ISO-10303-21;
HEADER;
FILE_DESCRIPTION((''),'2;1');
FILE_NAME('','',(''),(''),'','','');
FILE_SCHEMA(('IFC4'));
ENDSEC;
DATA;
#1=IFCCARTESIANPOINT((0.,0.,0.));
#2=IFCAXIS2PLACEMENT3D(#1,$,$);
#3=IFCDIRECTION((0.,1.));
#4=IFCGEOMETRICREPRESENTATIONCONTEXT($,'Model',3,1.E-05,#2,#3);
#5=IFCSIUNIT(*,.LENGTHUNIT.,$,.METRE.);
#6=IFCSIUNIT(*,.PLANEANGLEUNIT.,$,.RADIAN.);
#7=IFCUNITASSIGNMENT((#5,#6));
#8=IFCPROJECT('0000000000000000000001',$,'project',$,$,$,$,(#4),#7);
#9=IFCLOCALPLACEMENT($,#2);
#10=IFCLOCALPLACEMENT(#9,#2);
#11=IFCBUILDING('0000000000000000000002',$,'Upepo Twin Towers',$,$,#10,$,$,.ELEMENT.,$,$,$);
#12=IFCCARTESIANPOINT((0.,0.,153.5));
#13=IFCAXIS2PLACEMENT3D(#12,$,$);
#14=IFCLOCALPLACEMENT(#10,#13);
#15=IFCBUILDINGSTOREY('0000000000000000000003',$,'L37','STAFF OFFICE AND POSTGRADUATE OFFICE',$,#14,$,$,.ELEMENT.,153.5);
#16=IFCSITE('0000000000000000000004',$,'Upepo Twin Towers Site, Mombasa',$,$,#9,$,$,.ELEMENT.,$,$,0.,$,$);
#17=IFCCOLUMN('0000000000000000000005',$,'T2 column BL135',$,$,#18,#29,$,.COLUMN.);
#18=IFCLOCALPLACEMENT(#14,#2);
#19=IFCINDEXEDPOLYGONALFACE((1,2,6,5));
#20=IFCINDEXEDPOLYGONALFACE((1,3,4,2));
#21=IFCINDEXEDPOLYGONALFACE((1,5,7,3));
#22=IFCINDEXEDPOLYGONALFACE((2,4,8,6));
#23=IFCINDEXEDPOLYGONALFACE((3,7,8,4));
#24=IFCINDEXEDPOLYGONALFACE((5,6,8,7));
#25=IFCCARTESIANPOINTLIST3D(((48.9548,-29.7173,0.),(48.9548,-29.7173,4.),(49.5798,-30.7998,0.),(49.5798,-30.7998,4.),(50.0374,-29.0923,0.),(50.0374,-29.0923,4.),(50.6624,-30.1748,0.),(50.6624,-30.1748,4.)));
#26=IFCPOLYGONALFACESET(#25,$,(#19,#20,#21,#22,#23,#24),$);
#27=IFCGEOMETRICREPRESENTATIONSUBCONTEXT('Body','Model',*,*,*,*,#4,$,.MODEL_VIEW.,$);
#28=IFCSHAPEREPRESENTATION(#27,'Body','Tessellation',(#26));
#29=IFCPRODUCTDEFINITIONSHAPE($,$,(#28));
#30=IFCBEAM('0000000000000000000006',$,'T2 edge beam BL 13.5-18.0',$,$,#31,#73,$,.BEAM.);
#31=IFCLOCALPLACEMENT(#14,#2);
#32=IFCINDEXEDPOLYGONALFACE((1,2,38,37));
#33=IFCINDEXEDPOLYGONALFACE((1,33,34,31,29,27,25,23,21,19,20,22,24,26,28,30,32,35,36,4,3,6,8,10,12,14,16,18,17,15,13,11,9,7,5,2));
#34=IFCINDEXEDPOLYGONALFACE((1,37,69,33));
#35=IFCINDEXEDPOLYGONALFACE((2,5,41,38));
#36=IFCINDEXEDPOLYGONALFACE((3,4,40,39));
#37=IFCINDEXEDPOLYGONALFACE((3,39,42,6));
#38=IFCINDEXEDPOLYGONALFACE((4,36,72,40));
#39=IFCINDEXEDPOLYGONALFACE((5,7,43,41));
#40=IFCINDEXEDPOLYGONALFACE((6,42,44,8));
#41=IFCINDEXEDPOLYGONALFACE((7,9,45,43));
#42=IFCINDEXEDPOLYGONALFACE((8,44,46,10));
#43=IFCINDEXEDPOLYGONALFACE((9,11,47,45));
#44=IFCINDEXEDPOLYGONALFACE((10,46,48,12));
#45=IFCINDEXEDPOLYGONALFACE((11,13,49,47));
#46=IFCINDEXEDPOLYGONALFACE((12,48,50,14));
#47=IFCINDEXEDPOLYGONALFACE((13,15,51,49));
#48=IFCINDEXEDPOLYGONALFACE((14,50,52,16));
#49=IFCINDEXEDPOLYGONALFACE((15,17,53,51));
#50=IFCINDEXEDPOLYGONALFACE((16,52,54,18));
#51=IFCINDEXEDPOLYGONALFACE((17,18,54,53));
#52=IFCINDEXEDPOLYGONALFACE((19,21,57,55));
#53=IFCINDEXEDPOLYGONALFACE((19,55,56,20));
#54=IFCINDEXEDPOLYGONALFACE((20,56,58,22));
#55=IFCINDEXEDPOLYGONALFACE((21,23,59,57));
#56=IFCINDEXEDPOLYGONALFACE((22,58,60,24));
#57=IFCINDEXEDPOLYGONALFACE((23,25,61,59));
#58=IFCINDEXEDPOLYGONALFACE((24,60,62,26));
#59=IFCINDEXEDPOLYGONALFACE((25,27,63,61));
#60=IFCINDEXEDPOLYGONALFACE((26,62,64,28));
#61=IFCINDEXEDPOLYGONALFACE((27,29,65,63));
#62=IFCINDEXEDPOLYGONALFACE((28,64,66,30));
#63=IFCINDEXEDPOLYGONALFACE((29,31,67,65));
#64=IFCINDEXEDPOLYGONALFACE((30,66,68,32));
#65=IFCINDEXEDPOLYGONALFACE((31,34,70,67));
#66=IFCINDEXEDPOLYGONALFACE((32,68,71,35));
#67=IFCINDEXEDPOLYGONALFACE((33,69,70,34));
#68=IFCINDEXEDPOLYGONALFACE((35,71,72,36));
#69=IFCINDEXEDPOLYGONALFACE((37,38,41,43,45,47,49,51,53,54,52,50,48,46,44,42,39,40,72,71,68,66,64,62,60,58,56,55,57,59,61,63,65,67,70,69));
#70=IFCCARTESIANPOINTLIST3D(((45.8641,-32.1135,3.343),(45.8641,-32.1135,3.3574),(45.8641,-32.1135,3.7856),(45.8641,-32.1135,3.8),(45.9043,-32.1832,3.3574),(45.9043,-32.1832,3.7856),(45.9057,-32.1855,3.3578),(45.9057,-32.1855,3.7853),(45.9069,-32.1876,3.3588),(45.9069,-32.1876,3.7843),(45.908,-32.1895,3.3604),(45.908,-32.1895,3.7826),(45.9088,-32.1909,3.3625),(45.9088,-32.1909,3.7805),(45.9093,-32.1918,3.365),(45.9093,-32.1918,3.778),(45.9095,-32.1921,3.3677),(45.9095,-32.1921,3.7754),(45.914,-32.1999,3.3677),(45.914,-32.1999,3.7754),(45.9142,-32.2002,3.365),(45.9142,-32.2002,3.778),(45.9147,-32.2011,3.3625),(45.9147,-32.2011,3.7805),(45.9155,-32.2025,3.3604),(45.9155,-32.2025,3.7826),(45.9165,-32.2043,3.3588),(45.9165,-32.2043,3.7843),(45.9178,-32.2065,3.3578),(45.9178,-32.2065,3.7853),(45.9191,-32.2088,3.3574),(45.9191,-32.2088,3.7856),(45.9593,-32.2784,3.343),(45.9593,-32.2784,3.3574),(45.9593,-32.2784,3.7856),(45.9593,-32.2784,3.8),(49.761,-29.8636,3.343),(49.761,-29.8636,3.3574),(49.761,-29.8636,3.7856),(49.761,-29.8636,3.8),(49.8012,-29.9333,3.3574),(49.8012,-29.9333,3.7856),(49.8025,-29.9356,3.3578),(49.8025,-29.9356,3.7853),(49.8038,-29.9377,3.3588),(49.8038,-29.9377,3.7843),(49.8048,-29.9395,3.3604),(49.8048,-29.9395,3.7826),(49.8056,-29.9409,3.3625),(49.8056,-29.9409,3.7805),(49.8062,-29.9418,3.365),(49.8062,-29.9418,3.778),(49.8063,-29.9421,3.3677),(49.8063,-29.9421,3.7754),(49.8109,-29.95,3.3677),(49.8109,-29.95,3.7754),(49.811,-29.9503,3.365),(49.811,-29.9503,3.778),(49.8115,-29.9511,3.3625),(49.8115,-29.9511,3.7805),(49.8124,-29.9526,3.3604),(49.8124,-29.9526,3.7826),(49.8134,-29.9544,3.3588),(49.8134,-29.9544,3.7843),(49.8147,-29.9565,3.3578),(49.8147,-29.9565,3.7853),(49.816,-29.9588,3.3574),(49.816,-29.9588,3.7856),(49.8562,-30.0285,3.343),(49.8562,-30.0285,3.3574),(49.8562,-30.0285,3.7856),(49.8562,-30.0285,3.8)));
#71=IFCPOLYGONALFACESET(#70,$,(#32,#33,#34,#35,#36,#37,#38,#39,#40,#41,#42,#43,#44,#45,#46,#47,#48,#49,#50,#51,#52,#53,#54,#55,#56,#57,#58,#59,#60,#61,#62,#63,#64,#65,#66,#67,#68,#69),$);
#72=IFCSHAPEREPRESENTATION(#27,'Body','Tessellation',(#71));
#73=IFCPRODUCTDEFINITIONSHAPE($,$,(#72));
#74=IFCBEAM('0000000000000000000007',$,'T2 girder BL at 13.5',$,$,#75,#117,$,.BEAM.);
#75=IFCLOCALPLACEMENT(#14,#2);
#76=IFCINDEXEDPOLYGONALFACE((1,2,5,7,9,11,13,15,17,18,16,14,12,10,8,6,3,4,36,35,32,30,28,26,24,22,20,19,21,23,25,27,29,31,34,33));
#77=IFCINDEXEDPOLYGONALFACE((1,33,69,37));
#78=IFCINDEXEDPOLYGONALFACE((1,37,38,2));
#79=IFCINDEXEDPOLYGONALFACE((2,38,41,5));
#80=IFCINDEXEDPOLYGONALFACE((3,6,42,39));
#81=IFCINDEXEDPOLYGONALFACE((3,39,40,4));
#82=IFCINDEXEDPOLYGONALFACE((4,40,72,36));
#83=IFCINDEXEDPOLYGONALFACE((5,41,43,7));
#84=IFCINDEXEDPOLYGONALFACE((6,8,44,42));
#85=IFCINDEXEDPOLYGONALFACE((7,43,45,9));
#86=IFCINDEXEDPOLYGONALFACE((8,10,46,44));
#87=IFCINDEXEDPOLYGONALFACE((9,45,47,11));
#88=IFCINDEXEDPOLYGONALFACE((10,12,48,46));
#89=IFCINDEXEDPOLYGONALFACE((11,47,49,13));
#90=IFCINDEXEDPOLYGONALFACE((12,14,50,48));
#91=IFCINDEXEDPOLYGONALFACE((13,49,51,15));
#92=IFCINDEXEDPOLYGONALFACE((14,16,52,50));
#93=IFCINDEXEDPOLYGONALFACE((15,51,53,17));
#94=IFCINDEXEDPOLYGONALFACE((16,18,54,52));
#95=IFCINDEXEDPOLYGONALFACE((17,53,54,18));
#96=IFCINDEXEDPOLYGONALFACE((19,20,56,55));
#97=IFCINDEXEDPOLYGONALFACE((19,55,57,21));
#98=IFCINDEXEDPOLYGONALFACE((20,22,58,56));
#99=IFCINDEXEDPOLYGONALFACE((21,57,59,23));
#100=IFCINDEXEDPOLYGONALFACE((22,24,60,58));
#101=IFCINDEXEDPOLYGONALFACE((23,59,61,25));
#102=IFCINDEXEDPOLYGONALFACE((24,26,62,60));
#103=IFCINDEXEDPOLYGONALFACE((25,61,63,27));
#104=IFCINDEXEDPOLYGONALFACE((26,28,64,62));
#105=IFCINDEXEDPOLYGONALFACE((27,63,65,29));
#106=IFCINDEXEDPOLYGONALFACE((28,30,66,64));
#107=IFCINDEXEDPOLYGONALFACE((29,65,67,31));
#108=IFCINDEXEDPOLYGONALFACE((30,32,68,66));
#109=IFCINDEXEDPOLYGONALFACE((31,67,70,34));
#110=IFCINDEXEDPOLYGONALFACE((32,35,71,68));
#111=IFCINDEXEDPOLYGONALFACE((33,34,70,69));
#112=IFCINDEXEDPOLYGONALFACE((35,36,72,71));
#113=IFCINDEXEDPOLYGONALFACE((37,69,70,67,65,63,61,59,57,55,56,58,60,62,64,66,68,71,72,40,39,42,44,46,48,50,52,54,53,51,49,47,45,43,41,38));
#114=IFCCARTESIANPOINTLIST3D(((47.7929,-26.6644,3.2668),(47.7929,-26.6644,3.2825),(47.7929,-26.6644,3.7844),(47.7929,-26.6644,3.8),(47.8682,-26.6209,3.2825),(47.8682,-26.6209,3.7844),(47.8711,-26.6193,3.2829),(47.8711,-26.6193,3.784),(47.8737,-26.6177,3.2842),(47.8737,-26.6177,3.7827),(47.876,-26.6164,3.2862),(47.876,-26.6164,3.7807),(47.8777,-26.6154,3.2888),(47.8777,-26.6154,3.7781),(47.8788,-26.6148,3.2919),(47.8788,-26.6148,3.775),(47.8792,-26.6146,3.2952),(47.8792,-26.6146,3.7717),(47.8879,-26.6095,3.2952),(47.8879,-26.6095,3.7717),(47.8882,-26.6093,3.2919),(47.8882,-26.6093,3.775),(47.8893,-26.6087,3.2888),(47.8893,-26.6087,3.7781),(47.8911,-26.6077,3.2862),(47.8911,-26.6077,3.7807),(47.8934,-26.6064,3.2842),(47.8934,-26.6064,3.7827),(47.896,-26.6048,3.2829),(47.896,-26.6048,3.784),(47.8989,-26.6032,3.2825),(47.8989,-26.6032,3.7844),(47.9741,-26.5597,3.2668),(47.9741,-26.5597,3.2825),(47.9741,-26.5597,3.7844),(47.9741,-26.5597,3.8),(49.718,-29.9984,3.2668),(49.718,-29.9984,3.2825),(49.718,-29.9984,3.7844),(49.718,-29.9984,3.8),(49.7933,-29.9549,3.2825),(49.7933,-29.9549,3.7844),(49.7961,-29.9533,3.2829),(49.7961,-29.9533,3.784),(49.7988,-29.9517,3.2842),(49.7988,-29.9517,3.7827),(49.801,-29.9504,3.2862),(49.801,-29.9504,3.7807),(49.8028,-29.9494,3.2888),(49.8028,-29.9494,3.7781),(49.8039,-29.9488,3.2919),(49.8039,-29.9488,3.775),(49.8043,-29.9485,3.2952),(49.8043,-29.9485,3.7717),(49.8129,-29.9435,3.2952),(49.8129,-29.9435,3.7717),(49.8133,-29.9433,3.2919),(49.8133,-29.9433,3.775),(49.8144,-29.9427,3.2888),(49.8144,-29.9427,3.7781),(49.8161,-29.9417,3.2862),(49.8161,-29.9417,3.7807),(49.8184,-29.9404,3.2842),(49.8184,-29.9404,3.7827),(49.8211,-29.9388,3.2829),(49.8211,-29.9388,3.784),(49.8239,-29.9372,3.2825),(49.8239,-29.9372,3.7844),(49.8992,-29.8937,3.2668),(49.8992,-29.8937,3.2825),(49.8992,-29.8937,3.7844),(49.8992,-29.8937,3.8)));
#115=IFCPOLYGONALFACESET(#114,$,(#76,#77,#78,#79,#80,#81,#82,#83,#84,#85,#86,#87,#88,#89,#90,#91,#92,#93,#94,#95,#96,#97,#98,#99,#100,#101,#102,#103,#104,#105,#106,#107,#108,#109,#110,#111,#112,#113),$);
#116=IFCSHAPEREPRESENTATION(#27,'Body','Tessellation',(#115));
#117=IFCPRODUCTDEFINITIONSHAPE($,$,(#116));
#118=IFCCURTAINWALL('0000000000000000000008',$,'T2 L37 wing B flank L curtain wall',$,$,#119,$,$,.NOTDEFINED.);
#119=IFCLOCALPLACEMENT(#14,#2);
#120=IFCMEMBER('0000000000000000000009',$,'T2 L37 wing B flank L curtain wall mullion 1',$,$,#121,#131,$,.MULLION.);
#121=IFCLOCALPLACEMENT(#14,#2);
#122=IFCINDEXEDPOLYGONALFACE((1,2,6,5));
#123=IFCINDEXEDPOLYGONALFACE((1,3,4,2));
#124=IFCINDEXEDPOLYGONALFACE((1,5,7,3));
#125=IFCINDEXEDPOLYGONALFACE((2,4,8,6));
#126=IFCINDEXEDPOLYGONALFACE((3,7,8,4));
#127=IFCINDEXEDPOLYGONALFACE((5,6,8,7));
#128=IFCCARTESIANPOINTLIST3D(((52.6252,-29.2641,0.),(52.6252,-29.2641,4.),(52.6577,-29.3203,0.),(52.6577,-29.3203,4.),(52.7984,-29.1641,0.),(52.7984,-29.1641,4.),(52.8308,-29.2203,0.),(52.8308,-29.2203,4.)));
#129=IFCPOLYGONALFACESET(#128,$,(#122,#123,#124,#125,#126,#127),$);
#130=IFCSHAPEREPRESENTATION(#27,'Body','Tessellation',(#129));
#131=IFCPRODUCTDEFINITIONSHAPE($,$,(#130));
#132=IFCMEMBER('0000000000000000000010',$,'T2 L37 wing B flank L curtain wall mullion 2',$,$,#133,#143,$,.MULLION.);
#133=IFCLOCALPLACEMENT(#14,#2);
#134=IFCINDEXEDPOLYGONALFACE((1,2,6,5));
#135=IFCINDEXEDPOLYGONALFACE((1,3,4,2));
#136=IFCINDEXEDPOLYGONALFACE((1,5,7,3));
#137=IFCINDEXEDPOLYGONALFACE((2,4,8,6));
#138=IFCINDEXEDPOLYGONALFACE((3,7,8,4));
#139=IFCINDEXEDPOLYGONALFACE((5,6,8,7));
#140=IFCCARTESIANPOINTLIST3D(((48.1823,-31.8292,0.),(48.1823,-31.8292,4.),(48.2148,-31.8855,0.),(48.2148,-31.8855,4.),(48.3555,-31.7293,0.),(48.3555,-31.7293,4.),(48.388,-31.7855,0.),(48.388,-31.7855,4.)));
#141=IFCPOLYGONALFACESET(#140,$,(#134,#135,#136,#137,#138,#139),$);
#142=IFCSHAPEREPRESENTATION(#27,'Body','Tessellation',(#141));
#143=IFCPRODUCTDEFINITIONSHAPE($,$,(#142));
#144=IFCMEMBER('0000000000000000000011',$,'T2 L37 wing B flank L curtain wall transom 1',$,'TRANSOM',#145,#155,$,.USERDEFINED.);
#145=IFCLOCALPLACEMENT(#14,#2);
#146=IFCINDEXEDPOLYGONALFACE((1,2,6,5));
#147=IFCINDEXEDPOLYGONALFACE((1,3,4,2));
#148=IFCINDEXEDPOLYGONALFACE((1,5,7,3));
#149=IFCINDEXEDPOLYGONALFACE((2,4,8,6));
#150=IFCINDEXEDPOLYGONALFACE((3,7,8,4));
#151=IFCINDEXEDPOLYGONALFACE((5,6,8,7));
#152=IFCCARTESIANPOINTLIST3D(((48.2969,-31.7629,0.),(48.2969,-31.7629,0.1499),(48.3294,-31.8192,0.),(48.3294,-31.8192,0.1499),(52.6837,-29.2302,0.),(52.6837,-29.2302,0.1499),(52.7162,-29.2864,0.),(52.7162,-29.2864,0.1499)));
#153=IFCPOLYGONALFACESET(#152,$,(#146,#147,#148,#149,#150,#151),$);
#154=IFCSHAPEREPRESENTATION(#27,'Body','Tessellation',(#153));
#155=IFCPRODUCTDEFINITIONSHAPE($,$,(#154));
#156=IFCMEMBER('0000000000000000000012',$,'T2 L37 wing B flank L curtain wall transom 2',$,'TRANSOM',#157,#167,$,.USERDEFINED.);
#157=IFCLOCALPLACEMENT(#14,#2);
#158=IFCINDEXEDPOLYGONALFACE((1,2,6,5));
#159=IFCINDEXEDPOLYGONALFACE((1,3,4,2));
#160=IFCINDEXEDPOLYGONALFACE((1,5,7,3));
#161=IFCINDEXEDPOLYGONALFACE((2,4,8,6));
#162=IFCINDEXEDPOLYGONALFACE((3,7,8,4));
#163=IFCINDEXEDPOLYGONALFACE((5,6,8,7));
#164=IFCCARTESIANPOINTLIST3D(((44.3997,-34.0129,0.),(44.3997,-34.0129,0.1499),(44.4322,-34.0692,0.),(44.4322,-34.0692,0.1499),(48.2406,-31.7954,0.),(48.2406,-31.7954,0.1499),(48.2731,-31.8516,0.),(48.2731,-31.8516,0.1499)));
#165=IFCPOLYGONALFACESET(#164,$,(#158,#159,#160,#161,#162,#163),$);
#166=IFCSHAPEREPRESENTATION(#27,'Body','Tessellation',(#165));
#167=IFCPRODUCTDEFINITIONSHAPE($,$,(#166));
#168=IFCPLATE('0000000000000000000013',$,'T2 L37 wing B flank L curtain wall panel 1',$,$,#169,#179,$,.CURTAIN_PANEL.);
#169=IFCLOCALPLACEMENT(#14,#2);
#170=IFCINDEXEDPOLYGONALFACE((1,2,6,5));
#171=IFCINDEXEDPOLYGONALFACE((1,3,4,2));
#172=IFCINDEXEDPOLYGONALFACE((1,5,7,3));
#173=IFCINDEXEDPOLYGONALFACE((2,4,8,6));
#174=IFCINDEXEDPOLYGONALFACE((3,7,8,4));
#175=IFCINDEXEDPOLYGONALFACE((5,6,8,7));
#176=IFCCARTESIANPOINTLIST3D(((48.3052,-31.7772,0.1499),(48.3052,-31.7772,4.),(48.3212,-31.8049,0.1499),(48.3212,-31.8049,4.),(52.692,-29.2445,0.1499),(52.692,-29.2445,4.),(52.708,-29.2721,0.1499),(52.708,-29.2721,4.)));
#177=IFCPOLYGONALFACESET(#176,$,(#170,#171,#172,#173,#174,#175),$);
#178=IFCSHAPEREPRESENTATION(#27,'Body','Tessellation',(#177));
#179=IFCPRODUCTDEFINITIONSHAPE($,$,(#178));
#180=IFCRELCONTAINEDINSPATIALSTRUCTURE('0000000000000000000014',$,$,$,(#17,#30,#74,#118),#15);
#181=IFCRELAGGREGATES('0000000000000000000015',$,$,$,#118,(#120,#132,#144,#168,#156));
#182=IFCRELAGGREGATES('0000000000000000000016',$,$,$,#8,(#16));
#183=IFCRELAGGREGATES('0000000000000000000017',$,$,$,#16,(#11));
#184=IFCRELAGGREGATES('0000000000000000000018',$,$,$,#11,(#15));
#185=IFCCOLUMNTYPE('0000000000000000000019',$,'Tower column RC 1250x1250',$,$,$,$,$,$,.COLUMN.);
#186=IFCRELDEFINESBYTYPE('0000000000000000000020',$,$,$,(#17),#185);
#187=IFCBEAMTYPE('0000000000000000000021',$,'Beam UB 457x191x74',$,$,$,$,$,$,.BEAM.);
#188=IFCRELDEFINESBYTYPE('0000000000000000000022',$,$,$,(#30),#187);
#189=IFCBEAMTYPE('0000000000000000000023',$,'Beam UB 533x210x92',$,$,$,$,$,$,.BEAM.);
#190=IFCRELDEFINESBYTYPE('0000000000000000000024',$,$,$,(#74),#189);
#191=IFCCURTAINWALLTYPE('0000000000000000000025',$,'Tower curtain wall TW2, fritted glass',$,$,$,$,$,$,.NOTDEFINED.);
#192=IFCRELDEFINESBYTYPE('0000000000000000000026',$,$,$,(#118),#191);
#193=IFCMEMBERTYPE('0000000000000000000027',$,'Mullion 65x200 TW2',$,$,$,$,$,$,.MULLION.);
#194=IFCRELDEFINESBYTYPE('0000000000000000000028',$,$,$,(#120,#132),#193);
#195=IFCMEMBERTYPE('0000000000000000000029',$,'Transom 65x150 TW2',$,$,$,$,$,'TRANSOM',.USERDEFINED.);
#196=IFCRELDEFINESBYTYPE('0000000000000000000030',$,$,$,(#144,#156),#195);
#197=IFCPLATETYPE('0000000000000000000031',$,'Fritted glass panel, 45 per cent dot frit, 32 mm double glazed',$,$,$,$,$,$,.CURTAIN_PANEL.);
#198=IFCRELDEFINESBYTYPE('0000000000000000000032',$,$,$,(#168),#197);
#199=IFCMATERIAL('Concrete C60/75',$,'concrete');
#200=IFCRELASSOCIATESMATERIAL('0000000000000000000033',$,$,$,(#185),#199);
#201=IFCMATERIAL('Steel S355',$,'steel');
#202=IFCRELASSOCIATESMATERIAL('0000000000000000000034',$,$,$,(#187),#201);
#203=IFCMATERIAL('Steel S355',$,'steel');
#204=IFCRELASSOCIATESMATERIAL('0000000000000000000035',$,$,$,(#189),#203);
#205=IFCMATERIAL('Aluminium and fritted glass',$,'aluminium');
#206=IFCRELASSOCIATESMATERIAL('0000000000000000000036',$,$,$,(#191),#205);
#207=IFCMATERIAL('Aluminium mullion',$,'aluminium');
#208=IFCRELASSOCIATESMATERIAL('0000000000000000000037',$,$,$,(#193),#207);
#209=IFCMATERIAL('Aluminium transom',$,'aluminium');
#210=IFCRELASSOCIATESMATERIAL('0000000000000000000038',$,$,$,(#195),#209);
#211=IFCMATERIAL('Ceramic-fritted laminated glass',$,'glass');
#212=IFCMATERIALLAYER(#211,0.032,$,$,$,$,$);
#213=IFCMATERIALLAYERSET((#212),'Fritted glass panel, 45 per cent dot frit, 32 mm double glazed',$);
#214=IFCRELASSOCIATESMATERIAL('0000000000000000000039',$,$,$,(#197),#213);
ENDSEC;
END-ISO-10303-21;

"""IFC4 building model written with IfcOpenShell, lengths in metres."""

from ifc_helpers import new_model, si_unit, direction, frame, origin, origin_2d, place, context, subcontext, project, spatial, rectangle, i_section, extrude, material, layer, layer_set, material_profile, profile_set, type_object, element, aggregate, save


model = new_model("IFC4")

# Units and contexts
model_context = context("Model", 3, precision=1e-05, world=origin(), true_north=direction((0.0, 1.0)))
body_context = subcontext(model_context, "Body", "Model", "MODEL_VIEW")
ifc_project = project(units=[si_unit("LENGTHUNIT", "METRE"), si_unit("PLANEANGLEUNIT", "RADIAN")], contexts=[model_context])

# Site, building, storey
site_placement = place(None, origin())
site = spatial("IfcSite", under=ifc_project, at=site_placement, Name="Upepo Twin Towers Site, Mombasa", CompositionType="ELEMENT", RefElevation=0.0)
building_placement = place(site_placement, origin())
building = spatial("IfcBuilding", under=site, at=building_placement, Name="Upepo Twin Towers", CompositionType="ELEMENT")
storey_placement = place(building_placement, frame((0.0, 0.0, 153.5)))
storey = spatial("IfcBuildingStorey", under=building, at=storey_placement, Name="L37", Description="STAFF OFFICE AND POSTGRADUATE OFFICE", CompositionType="ELEMENT", Elevation=153.5)

# Column
ifc_material_1 = material(Name="Concrete C60/75", Category="concrete")
ifc_material_profile_1 = material_profile(ifc_material_1, rectangle(XDim=1.25, YDim=1.25, at=origin_2d()), Name="RC 1250x1250")
ifc_profile_set_1 = profile_set([ifc_material_profile_1], Name="Concrete C60/75")
column_type = type_object("IfcColumnType", Name="Tower column RC 1250x1250", PredefinedType="COLUMN", material=ifc_profile_set_1)
column_placement = place(storey_placement, frame((49.8086, -29.946, 0.0), z_axis=(0.0, 0.0, 1.0), x_axis=(0.866025, 0.5, 0.0)))
element("IfcColumn", 1, at=column_placement, inside=storey, type_object=column_type, Name="T2 column BL135", PredefinedType="COLUMN", context=body_context, shape_type="SweptSolid", body=[
    extrude(rectangle(XDim=1.25, YDim=1.25, at=origin_2d()), origin(), (0.0, 0.0, 1.0), 4.0),
])

# Beams
ifc_material_2 = material(Name="Steel S355", Category="steel")
ifc_material_profile_2 = material_profile(ifc_material_2, i_section(OverallWidth=0.1904, OverallDepth=0.457, WebThickness=0.009, FlangeThickness=0.0144, FilletRadius=0.0103, at=origin_2d()), Name="UB 457x191x74")
ifc_profile_set_2 = profile_set([ifc_material_profile_2], Name="Steel S355")
beam_type_1 = type_object("IfcBeamType", Name="Beam UB 457x191x74", PredefinedType="BEAM", material=ifc_profile_set_2)
beam_1_placement = place(storey_placement, frame((49.8086, -29.946, 3.5715), z_axis=(-0.866018, -0.500014, 0.0), x_axis=(0.500014, -0.866018, 0.0)))
element("IfcBeam", 2, at=beam_1_placement, inside=storey, type_object=beam_type_1, Name="T2 edge beam BL 13.5-18.0", PredefinedType="BEAM", context=body_context, shape_type="SweptSolid", body=[
    extrude(i_section(OverallWidth=0.1904, OverallDepth=0.457, WebThickness=0.009, FlangeThickness=0.0144, FilletRadius=0.0103, at=origin_2d()), origin(), (0.0, 0.0, 1.0), 4.4998),
])
ifc_material_3 = material(Name="Steel S355", Category="steel")
ifc_material_profile_3 = material_profile(ifc_material_3, i_section(OverallWidth=0.2092, OverallDepth=0.5332, WebThickness=0.01, FlangeThickness=0.0156, FilletRadius=0.0127, at=origin_2d()), Name="UB 533x210x92")
ifc_profile_set_3 = profile_set([ifc_material_profile_3], Name="Steel S355")
beam_type_2 = type_object("IfcBeamType", Name="Beam UB 533x210x92", PredefinedType="BEAM", material=ifc_profile_set_3)
beam_2_placement = place(storey_placement, frame((49.8086, -29.946, 3.5334), z_axis=(-0.500034, 0.866006, 0.0), x_axis=(-0.866006, -0.500034, 0.0)))
element("IfcBeam", 3, at=beam_2_placement, inside=storey, type_object=beam_type_2, Name="T2 girder BL at 13.5", PredefinedType="BEAM", context=body_context, shape_type="SweptSolid", body=[
    extrude(i_section(OverallWidth=0.2092, OverallDepth=0.5332, WebThickness=0.01, FlangeThickness=0.0156, FilletRadius=0.0127, at=origin_2d()), origin(), (0.0, 0.0, 1.0), 3.8499),
])

# Curtain wall, members, plate
ifc_material_4 = material(Name="Aluminium and fritted glass", Category="aluminium")
curtain_wall_type = type_object("IfcCurtainWallType", Name="Tower curtain wall TW2, fritted glass", PredefinedType="NOTDEFINED", material=ifc_material_4)
curtain_wall_placement = place(storey_placement, origin())
curtain_wall = element("IfcCurtainWall", 4, at=curtain_wall_placement, inside=storey, type_object=curtain_wall_type, Name="T2 L37 wing B flank L curtain wall", PredefinedType="NOTDEFINED")
ifc_material_5 = material(Name="Aluminium mullion", Category="aluminium")
ifc_material_profile_4 = material_profile(ifc_material_5, rectangle(XDim=0.0649, YDim=0.2, at=origin_2d()), Name="MULLION 65x200")
ifc_profile_set_4 = profile_set([ifc_material_profile_4], Name="Aluminium mullion")
member_type_1 = type_object("IfcMemberType", Name="Mullion 65x200 TW2", PredefinedType="MULLION", material=ifc_profile_set_4)
member_1_placement = place(storey_placement, frame((52.728, -29.2422, 0.0), z_axis=(0.0, 0.0, 1.0), x_axis=(0.5, -0.866025, 0.0)))
member_1 = element("IfcMember", 5, at=member_1_placement, type_object=member_type_1, Name="T2 L37 wing B flank L curtain wall mullion 1", PredefinedType="MULLION", context=body_context, shape_type="SweptSolid", body=[
    extrude(rectangle(XDim=0.0649, YDim=0.2, at=origin_2d()), origin(), (0.0, 0.0, 1.0), 4.0),
])
member_2_placement = place(storey_placement, frame((48.2852, -31.8074, 0.0), z_axis=(0.0, 0.0, 1.0), x_axis=(0.5, -0.866025, 0.0)))
member_2 = element("IfcMember", 6, at=member_2_placement, type_object=member_type_1, Name="T2 L37 wing B flank L curtain wall mullion 2", PredefinedType="MULLION", context=body_context, shape_type="SweptSolid", body=[
    extrude(rectangle(XDim=0.0649, YDim=0.2, at=origin_2d()), origin(), (0.0, 0.0, 1.0), 4.0),
])
ifc_material_6 = material(Name="Aluminium transom", Category="aluminium")
ifc_material_profile_5 = material_profile(ifc_material_6, rectangle(XDim=0.0649, YDim=0.1499, at=origin_2d()), Name="TRANSOM 65x150")
ifc_profile_set_5 = profile_set([ifc_material_profile_5], Name="Aluminium transom")
member_type_2 = type_object("IfcMemberType", Name="Transom 65x150 TW2", ElementType="TRANSOM", PredefinedType="USERDEFINED", material=ifc_profile_set_5)
member_3_placement = place(storey_placement, frame((52.7, -29.2583, 0.075), z_axis=(-0.866022, -0.500006, 0.0), x_axis=(0.500006, -0.866022, 0.0)))
member_3 = element("IfcMember", 7, at=member_3_placement, type_object=member_type_2, Name="T2 L37 wing B flank L curtain wall transom 1", ObjectType="TRANSOM", PredefinedType="USERDEFINED", context=body_context, shape_type="SweptSolid", body=[
    extrude(rectangle(XDim=0.0649, YDim=0.1499, at=origin_2d()), origin(), (0.0, 0.0, 1.0), 5.0654),
])
member_4_placement = place(storey_placement, frame((48.2568, -31.8235, 0.075), z_axis=(-0.866022, -0.500005, 0.0), x_axis=(0.500005, -0.866022, 0.0)))
member_4 = element("IfcMember", 8, at=member_4_placement, type_object=member_type_2, Name="T2 L37 wing B flank L curtain wall transom 2", ObjectType="TRANSOM", PredefinedType="USERDEFINED", context=body_context, shape_type="SweptSolid", body=[
    extrude(rectangle(XDim=0.0649, YDim=0.1499, at=origin_2d()), origin(), (0.0, 0.0, 1.0), 4.4351),
])
ifc_material_7 = material(Name="Ceramic-fritted laminated glass", Category="glass")
ifc_layer_1 = layer(ifc_material_7, 0.032)
ifc_layer_set_1 = layer_set([ifc_layer_1], Name="Fritted glass panel, 45 per cent dot frit, 32 mm double glazed")
plate_type = type_object("IfcPlateType", Name="Fritted glass panel, 45 per cent dot frit, 32 mm double glazed", PredefinedType="CURTAIN_PANEL", material=ifc_layer_set_1)
plate_placement = place(storey_placement, frame((50.5066, -30.5247, 0.1499), z_axis=(0.0, 0.0, 1.0), x_axis=(-0.866025, -0.5, 0.0)))
plate = element("IfcPlate", 9, at=plate_placement, type_object=plate_type, Name="T2 L37 wing B flank L curtain wall panel 1", PredefinedType="CURTAIN_PANEL", context=body_context, shape_type="SweptSolid", body=[
    extrude(rectangle(XDim=5.0654, YDim=0.032, at=origin_2d()), origin(), (0.0, 0.0, 1.0), 3.8501),
])
aggregate(curtain_wall, [member_1, member_2, member_3, plate, member_4])

save(model, "model.ifc")
